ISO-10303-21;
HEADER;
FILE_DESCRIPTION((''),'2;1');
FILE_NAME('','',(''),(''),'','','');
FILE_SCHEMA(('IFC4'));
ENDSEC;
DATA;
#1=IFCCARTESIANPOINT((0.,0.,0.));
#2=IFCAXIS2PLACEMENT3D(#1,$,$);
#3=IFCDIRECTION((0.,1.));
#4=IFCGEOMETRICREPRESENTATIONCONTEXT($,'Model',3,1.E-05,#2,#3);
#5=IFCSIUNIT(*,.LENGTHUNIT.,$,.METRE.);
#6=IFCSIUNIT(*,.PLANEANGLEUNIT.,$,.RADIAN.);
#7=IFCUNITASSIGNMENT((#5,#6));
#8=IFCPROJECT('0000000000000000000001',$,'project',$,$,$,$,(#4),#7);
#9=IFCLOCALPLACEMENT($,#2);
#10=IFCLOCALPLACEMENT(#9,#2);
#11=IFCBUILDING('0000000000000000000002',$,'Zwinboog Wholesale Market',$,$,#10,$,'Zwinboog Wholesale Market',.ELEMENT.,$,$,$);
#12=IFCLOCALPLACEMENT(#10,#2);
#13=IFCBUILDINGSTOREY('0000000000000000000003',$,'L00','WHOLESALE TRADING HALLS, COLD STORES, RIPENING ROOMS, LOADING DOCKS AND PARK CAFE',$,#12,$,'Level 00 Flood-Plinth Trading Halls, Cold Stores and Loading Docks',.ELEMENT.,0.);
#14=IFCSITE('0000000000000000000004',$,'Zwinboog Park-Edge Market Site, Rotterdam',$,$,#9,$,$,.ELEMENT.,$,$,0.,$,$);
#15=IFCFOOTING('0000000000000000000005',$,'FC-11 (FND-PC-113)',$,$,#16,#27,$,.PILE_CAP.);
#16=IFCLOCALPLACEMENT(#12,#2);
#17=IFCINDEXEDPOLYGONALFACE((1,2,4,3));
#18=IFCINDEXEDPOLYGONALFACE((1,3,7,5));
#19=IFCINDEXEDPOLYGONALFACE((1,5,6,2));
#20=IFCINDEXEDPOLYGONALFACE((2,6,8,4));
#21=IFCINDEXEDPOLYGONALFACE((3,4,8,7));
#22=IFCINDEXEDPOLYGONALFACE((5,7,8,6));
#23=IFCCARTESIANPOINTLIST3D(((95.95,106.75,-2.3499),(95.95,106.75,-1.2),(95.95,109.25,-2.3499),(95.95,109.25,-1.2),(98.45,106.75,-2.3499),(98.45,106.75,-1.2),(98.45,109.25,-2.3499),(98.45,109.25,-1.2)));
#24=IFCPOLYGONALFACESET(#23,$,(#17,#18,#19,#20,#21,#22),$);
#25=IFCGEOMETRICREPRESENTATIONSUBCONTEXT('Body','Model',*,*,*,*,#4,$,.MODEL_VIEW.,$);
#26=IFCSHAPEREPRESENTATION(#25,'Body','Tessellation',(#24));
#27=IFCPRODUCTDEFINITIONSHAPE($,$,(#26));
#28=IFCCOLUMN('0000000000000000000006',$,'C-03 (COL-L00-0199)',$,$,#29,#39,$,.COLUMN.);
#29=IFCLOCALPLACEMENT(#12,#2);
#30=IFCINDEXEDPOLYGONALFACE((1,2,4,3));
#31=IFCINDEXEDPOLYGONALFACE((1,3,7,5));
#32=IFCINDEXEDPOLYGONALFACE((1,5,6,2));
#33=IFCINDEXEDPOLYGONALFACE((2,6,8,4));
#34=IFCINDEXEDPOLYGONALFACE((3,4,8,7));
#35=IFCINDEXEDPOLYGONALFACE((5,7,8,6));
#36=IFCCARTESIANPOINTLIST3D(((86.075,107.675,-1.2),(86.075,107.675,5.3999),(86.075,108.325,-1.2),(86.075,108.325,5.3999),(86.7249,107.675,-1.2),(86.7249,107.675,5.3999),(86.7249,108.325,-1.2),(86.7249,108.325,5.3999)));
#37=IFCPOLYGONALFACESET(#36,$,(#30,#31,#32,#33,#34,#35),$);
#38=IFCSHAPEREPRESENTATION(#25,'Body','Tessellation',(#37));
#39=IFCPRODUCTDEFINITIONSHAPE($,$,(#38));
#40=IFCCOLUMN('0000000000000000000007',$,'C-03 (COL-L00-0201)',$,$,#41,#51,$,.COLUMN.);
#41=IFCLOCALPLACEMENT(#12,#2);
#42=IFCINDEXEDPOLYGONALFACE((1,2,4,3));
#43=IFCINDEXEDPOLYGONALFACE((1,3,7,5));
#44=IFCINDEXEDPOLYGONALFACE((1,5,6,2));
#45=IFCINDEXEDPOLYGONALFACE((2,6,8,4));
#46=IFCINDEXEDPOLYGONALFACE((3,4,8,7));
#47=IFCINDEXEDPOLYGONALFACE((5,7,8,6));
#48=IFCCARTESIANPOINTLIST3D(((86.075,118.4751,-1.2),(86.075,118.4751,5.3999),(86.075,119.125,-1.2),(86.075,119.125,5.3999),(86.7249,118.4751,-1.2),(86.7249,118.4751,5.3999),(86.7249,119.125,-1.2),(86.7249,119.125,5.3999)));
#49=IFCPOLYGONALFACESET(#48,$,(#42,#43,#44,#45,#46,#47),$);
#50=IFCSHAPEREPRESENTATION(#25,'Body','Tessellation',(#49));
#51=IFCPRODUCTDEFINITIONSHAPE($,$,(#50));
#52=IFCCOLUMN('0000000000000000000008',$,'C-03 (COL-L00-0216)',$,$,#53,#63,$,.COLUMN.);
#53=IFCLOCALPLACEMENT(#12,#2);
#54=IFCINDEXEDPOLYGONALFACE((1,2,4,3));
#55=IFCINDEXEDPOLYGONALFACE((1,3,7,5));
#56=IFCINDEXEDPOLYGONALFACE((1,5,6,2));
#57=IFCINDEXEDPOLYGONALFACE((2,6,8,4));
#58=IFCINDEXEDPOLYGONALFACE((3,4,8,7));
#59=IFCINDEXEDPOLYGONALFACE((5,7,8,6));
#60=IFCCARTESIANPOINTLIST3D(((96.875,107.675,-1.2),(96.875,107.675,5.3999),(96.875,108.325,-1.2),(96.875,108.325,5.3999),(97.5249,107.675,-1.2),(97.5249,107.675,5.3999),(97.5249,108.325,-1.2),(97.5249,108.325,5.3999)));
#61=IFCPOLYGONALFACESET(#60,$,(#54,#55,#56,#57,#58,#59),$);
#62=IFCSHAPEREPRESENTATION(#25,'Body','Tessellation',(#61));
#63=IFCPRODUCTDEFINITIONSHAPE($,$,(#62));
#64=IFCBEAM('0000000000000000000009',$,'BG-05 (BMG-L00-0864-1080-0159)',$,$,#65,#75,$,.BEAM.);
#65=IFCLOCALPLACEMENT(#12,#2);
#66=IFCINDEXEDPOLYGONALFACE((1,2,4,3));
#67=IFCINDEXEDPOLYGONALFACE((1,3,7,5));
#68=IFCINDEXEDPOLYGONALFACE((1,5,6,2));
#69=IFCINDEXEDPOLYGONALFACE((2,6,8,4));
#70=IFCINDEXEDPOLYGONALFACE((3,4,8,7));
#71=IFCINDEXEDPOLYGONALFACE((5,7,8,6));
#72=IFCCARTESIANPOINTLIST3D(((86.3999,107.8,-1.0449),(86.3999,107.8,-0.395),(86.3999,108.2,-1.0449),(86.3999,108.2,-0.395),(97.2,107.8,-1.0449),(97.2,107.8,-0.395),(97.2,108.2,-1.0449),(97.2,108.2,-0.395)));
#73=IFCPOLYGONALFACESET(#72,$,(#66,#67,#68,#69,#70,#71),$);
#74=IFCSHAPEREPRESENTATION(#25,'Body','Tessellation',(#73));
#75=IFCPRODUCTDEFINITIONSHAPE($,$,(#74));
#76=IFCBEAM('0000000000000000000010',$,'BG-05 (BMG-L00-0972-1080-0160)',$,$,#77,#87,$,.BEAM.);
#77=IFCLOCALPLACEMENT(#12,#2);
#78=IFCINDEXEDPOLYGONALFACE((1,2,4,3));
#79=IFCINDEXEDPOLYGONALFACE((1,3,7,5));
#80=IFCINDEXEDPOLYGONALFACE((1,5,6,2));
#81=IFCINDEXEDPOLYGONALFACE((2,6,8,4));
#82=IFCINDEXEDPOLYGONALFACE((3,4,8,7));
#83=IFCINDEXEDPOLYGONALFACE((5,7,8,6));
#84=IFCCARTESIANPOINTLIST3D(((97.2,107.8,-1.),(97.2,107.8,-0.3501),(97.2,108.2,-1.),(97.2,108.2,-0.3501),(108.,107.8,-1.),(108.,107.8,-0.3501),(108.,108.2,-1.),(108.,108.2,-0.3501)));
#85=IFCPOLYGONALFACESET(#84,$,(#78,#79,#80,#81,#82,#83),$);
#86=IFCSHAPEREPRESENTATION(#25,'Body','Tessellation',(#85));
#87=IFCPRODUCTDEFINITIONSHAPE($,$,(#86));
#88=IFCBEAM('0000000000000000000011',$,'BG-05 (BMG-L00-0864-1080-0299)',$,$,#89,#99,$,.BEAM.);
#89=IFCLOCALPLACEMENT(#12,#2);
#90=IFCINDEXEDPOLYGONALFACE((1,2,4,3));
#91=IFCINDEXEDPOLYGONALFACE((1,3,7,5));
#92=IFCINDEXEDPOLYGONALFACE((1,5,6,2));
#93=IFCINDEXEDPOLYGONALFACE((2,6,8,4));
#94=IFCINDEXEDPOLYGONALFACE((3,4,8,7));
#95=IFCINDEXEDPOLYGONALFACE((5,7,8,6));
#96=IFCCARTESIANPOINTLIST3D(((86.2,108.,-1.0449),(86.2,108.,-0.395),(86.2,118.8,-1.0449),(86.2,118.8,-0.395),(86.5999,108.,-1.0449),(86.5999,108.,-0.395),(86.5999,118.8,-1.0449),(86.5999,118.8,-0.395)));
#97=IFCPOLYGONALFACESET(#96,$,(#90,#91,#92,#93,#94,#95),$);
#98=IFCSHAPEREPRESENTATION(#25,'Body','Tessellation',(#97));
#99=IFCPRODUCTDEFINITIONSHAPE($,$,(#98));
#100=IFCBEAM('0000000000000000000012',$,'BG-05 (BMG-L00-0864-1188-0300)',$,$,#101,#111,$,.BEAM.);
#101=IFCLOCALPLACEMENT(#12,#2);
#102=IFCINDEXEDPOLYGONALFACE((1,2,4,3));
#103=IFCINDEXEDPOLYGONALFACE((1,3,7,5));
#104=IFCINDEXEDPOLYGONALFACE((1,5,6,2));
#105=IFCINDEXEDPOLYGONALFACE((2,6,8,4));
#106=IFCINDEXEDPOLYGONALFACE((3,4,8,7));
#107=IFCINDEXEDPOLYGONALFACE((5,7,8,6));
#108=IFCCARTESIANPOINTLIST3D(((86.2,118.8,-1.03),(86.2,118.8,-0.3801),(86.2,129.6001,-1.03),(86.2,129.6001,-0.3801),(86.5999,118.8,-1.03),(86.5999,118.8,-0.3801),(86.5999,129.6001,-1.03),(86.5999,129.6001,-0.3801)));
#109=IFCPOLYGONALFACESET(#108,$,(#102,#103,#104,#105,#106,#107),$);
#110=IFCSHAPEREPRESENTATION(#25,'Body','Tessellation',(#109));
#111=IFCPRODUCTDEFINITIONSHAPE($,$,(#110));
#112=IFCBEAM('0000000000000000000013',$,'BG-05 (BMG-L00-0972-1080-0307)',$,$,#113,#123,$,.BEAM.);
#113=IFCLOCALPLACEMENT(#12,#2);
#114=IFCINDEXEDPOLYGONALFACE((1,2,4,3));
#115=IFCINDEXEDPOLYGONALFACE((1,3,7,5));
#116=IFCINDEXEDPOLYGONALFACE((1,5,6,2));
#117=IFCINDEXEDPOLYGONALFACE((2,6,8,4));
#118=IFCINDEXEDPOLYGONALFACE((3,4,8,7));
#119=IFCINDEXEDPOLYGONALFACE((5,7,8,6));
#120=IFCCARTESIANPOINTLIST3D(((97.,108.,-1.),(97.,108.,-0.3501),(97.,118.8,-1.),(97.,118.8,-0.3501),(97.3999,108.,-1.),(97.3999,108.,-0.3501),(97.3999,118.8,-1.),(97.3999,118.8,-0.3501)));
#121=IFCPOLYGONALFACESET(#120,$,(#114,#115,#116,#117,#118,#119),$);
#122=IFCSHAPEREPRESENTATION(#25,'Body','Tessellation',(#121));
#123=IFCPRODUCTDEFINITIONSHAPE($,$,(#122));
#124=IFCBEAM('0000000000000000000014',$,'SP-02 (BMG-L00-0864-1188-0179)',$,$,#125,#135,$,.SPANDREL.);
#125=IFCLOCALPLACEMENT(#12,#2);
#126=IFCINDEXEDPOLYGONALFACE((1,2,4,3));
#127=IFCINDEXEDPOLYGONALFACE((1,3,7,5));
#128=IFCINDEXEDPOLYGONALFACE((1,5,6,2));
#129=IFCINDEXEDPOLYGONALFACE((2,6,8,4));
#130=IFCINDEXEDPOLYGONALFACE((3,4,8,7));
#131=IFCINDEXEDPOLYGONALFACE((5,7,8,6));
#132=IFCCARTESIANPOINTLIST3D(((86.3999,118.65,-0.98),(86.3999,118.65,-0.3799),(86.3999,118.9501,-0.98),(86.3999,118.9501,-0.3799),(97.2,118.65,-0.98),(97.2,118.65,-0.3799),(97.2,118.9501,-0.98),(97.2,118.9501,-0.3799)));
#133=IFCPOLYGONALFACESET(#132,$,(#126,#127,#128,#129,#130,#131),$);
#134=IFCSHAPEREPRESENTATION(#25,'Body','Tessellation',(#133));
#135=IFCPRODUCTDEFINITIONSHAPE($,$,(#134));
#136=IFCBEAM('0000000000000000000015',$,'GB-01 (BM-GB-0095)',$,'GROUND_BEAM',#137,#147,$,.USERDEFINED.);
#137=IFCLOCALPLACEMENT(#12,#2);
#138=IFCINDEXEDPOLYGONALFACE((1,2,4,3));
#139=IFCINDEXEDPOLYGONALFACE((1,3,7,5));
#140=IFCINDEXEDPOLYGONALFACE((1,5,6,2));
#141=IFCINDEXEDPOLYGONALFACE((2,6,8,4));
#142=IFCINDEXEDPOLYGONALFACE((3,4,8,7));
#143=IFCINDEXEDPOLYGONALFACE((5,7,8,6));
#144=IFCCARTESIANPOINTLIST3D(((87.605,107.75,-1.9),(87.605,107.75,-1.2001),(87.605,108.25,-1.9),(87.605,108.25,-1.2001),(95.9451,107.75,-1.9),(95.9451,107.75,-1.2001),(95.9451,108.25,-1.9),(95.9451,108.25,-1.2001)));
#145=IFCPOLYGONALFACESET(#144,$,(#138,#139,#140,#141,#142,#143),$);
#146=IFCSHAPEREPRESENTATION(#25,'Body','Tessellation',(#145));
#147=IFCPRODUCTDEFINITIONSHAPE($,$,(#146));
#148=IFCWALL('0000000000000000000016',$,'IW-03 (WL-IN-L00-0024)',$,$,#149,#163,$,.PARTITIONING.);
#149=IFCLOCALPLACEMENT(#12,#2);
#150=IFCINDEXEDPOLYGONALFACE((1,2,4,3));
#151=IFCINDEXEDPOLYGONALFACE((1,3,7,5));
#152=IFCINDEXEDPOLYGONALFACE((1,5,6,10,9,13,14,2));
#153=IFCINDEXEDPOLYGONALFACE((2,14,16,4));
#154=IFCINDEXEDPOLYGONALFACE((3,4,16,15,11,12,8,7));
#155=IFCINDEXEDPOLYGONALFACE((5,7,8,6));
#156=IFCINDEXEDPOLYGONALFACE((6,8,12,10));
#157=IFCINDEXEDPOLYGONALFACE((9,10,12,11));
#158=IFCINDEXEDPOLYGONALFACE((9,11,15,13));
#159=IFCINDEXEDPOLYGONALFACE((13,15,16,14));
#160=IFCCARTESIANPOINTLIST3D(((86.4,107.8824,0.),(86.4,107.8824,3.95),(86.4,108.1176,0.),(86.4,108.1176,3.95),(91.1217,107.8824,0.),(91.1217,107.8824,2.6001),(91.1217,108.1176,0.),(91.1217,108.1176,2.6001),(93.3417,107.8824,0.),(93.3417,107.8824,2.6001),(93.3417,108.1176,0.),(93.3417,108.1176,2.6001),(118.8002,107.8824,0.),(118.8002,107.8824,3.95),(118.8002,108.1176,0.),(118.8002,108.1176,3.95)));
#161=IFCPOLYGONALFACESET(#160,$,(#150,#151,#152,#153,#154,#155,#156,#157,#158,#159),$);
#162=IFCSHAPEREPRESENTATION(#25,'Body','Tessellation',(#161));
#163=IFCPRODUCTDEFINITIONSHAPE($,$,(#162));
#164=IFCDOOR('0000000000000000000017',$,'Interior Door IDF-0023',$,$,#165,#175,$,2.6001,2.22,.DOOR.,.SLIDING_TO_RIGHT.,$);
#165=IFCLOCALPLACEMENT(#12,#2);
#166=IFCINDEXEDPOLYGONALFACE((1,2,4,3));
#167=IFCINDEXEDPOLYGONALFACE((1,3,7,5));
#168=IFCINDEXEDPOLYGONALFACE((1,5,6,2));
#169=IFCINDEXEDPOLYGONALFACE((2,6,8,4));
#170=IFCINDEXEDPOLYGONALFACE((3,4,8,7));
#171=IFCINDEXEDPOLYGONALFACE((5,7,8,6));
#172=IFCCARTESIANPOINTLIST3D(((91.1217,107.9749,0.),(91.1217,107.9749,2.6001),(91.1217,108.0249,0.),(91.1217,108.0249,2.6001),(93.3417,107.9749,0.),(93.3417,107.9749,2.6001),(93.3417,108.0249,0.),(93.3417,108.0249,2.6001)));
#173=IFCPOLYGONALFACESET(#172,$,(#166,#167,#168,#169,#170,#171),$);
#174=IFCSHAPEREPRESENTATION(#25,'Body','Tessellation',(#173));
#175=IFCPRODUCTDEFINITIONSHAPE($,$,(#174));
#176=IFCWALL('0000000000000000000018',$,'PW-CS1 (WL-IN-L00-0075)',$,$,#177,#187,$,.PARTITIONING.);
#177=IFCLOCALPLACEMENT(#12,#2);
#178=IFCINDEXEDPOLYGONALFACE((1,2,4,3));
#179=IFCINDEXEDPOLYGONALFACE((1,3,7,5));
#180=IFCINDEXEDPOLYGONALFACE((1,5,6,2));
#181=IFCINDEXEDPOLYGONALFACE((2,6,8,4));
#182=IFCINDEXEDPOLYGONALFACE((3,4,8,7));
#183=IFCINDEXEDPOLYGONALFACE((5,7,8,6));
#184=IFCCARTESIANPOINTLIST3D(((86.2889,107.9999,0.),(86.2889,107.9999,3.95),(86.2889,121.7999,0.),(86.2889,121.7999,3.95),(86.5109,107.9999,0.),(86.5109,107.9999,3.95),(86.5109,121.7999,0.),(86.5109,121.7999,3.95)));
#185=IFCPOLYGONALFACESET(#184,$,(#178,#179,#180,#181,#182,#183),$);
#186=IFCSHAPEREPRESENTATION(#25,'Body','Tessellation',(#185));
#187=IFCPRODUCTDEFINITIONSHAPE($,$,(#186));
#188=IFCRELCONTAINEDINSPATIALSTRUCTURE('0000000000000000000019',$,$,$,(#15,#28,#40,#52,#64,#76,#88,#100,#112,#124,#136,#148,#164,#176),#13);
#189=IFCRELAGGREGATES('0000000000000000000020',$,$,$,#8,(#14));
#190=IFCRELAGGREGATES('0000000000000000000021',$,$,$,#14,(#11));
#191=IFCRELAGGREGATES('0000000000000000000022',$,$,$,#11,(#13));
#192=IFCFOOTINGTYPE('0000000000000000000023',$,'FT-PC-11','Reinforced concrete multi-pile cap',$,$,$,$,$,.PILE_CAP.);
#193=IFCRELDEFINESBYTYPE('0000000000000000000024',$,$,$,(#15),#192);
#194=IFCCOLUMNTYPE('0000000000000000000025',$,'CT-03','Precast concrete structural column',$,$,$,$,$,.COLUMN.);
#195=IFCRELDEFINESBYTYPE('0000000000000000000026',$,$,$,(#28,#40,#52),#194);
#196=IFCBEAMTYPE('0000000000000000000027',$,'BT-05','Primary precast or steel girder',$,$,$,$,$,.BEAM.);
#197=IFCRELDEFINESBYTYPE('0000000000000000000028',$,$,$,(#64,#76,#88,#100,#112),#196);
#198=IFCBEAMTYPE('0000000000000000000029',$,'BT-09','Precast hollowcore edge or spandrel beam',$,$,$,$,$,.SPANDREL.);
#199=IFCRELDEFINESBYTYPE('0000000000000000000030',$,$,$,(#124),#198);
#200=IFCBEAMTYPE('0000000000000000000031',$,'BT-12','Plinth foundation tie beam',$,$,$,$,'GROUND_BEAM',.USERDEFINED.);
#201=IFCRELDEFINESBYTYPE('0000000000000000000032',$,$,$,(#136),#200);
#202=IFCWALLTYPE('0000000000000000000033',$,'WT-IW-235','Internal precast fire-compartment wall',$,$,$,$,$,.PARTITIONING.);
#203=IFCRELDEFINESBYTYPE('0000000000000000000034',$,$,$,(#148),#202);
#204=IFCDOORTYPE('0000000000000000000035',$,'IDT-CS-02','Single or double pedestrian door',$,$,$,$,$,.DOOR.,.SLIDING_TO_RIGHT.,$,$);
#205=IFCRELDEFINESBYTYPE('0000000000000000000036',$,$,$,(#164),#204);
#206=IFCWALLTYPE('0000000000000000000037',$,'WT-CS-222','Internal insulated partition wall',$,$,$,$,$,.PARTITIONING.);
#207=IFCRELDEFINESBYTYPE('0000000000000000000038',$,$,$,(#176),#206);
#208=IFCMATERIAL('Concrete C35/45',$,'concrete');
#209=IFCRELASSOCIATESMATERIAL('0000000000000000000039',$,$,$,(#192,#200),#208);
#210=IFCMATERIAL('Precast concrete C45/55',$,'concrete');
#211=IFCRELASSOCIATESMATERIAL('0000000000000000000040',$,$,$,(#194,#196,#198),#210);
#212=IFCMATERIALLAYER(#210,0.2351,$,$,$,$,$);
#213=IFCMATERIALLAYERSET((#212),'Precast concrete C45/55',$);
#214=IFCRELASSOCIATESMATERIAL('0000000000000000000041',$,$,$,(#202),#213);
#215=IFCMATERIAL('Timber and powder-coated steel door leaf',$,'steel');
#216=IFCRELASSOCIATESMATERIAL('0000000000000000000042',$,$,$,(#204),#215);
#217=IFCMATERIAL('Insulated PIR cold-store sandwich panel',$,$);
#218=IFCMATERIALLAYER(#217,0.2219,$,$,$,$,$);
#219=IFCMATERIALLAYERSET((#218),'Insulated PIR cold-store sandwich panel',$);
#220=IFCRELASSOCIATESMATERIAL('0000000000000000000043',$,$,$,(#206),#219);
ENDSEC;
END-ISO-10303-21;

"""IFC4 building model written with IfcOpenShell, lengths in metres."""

from ifc_helpers import new_model, si_unit, direction, frame, frame_2d, origin, origin_2d, place, context, subcontext, project, spatial, rectangle, extrude, material, layer, layer_set, material_profile, profile_set, type_object, element, fill, save


model = new_model("IFC4")

# Units and contexts
model_context = context("Model", 3, precision=1e-05, world=origin(), true_north=direction((0.0, 1.0)))
body_context = subcontext(model_context, "Body", "Model", "MODEL_VIEW")
ifc_project = project(units=[si_unit("LENGTHUNIT", "METRE"), si_unit("PLANEANGLEUNIT", "RADIAN")], contexts=[model_context])

# Site, building, storey
site_placement = place(None, origin())
site = spatial("IfcSite", under=ifc_project, at=site_placement, Name="Zwinboog Park-Edge Market Site, Rotterdam", CompositionType="ELEMENT", RefElevation=0.0)
building_placement = place(site_placement, origin())
building = spatial("IfcBuilding", under=site, at=building_placement, Name="Zwinboog Wholesale Market", LongName="Zwinboog Wholesale Market", CompositionType="ELEMENT")
storey_placement = place(building_placement, origin())
storey = spatial("IfcBuildingStorey", under=building, at=storey_placement, Name="L00", Description="WHOLESALE TRADING HALLS, COLD STORES, RIPENING ROOMS, LOADING DOCKS AND PARK CAFE", LongName="Level 00 Flood-Plinth Trading Halls, Cold Stores and Loading Docks", CompositionType="ELEMENT", Elevation=0.0)

# Footing
ifc_material_1 = material(Name="Concrete C35/45", Category="concrete")
footing_type_1 = type_object("IfcFootingType", Name="FT-PC-11", Description="Reinforced concrete multi-pile cap", PredefinedType="PILE_CAP", material=ifc_material_1)
footing_1_placement = place(storey_placement, frame((97.2, 108.0, -2.3499), z_axis=(0.0, 0.0, 1.0), x_axis=(1.0, 0.0, 0.0)))
element("IfcFooting", 1, at=footing_1_placement, inside=storey, type_object=footing_type_1, Name="FC-11 (FND-PC-113)", PredefinedType="PILE_CAP", context=body_context, shape_type="SweptSolid", body=[
    extrude(rectangle(XDim=2.5, YDim=2.5, at=origin_2d()), origin(), (0.0, 0.0, 1.0), 1.1499),
])

# Columns
ifc_material_2 = material(Name="Precast concrete C45/55", Category="concrete")
ifc_material_profile_1 = material_profile(ifc_material_2, rectangle(XDim=0.6499, YDim=0.6499, at=origin_2d()), Name="PC 650x650")
ifc_profile_set_1 = profile_set([ifc_material_profile_1], Name="Precast concrete C45/55")
column_type = type_object("IfcColumnType", Name="CT-03", Description="Precast concrete structural column", PredefinedType="COLUMN", material=ifc_profile_set_1)
for number, where, z_axis, x_axis, name in (
    (2, (86.3999, 108.0, -1.2), (0.0, 0.0, 1.0), (1.0, 0.0, 0.0), "C-03 (COL-L00-0199)"),
    (3, (86.3999, 118.8, -1.2), (0.0, 0.0, 1.0), (1.0, 0.0, 0.0), "C-03 (COL-L00-0201)"),
    (4, (97.2, 108.0, -1.2), (0.0, 0.0, 1.0), (1.0, 0.0, 0.0), "C-03 (COL-L00-0216)"),
):
    element("IfcColumn", number, at=place(storey_placement, frame(where, z_axis=z_axis, x_axis=x_axis)), inside=storey, type_object=column_type, Name=name, PredefinedType="COLUMN", context=body_context, shape_type="SweptSolid", body=[
        extrude(rectangle(XDim=0.6499, YDim=0.6499, at=origin_2d()), origin(), (0.0, 0.0, 1.0), 6.5999),
    ])

# Beams
ifc_material_profile_2 = material_profile(ifc_material_2, rectangle(XDim=0.3999, YDim=0.6499, at=origin_2d()), Name="PC 400x650")
ifc_profile_set_2 = profile_set([ifc_material_profile_2], Name="Precast concrete C45/55")
beam_type_1 = type_object("IfcBeamType", Name="BT-05", Description="Primary precast or steel girder", PredefinedType="BEAM", material=ifc_profile_set_2)
for number, where, z_axis, x_axis, name in (
    (5, (86.3999, 108.0, -0.72), (1.0, 0.0, 0.0), (0.0, 1.0, 0.0), "BG-05 (BMG-L00-0864-1080-0159)"),
    (6, (97.2, 108.0, -0.675), (1.0, 0.0, 0.0), (0.0, 1.0, 0.0), "BG-05 (BMG-L00-0972-1080-0160)"),
    (7, (86.3999, 108.0, -0.72), (0.0, 1.0, 0.0), (-1.0, 0.0, 0.0), "BG-05 (BMG-L00-0864-1080-0299)"),
    (8, (86.3999, 118.8, -0.7051), (0.0, 1.0, 0.0), (-1.0, 0.0, 0.0), "BG-05 (BMG-L00-0864-1188-0300)"),
    (9, (97.2, 108.0, -0.675), (0.0, 1.0, 0.0), (-1.0, 0.0, 0.0), "BG-05 (BMG-L00-0972-1080-0307)"),
):
    element("IfcBeam", number, at=place(storey_placement, frame(where, z_axis=z_axis, x_axis=x_axis)), inside=storey, type_object=beam_type_1, Name=name, PredefinedType="BEAM", context=body_context, shape_type="SweptSolid", body=[
        extrude(rectangle(XDim=0.3999, YDim=0.6499, at=origin_2d()), origin(), (0.0, 0.0, 1.0), 10.8),
    ])
ifc_material_profile_3 = material_profile(ifc_material_2, rectangle(XDim=0.3, YDim=0.6001, at=origin_2d()), Name="PC 300x600")
ifc_profile_set_3 = profile_set([ifc_material_profile_3], Name="Precast concrete C45/55")
beam_type_2 = type_object("IfcBeamType", Name="BT-09", Description="Precast hollowcore edge or spandrel beam", PredefinedType="SPANDREL", material=ifc_profile_set_3)
beam_1_placement = place(storey_placement, frame((86.3999, 118.8, -0.6799), z_axis=(1.0, 0.0, 0.0), x_axis=(0.0, 1.0, 0.0)))
element("IfcBeam", 10, at=beam_1_placement, inside=storey, type_object=beam_type_2, Name="SP-02 (BMG-L00-0864-1188-0179)", PredefinedType="SPANDREL", context=body_context, shape_type="SweptSolid", body=[
    extrude(rectangle(XDim=0.3, YDim=0.6001, at=origin_2d()), origin(), (0.0, 0.0, 1.0), 10.8),
])
ifc_material_profile_4 = material_profile(ifc_material_1, rectangle(XDim=0.5, YDim=0.7, at=origin_2d()), Name="RC 500x700")
ifc_profile_set_4 = profile_set([ifc_material_profile_4], Name="Concrete C35/45")
beam_type_3 = type_object("IfcBeamType", Name="BT-12", Description="Plinth foundation tie beam", ElementType="GROUND_BEAM", PredefinedType="USERDEFINED", material=ifc_profile_set_4)
beam_2_placement = place(storey_placement, frame((87.605, 108.0, -1.55), z_axis=(1.0, 0.0, 0.0), x_axis=(0.0, 1.0, 0.0)))
element("IfcBeam", 11, at=beam_2_placement, inside=storey, type_object=beam_type_3, Name="GB-01 (BM-GB-0095)", ObjectType="GROUND_BEAM", PredefinedType="USERDEFINED", context=body_context, shape_type="SweptSolid", body=[
    extrude(rectangle(XDim=0.5, YDim=0.7, at=origin_2d()), origin(), (0.0, 0.0, 1.0), 8.3401),
])

# Wall, opening, door
ifc_layer_1 = layer(ifc_material_2, 0.2351)
ifc_layer_set_1 = layer_set([ifc_layer_1], Name="Precast concrete C45/55")
wall_type_1 = type_object("IfcWallType", Name="WT-IW-235", Description="Internal precast fire-compartment wall", PredefinedType="PARTITIONING", material=ifc_layer_set_1)
wall_1_placement = place(storey_placement, frame((86.3999, 108.0, 0.0), z_axis=(0.0, 0.0, 1.0), x_axis=(1.0, 0.0, 0.0)))
wall_1 = element("IfcWall", 12, at=wall_1_placement, inside=storey, type_object=wall_type_1, Name="IW-03 (WL-IN-L00-0024)", PredefinedType="PARTITIONING", context=body_context, shape_type="SweptSolid", body=[
    extrude(rectangle(XDim=32.4001, YDim=0.2351, at=frame_2d((16.2002, 0.0))), origin(), (0.0, 0.0, 1.0), 3.95),
])
opening_placement = place(wall_1_placement, frame((4.7219, 0.0, 0.0)))
opening = element("IfcOpeningElement", 13, at=opening_placement, cuts=wall_1, PredefinedType="OPENING", context=body_context, shape_type="SweptSolid", body=[
    extrude(rectangle(XDim=2.22, YDim=2.6001, at=frame_2d((1.1099, 1.3))), frame((0.0, 0.1274, 0.0), z_axis=(0.0, -1.0, 0.0), x_axis=(1.0, 0.0, 0.0)), (0.0, 0.0, 1.0), 0.2551),
])
ifc_material_3 = material(Name="Timber and powder-coated steel door leaf", Category="steel")
door_type = type_object("IfcDoorType", Name="IDT-CS-02", Description="Single or double pedestrian door", OperationType="SLIDING_TO_RIGHT", PredefinedType="DOOR", material=ifc_material_3)
door_placement = place(opening_placement, origin())
door = element("IfcDoor", 14, at=door_placement, inside=storey, type_object=door_type, Name="Interior Door IDF-0023", OperationType="SLIDING_TO_RIGHT", OverallHeight=2.6001, OverallWidth=2.22, PredefinedType="DOOR", context=body_context, shape_type="SweptSolid", body=[
    extrude(rectangle(XDim=2.22, YDim=2.6001, at=frame_2d((1.1099, 1.3))), frame((0.0, 0.0249, 0.0), z_axis=(0.0, -1.0, 0.0), x_axis=(1.0, 0.0, 0.0)), (0.0, 0.0, 1.0), 0.05),
])
fill(opening, door)

# Wall
ifc_material_4 = material(Name="Insulated PIR cold-store sandwich panel")
ifc_layer_2 = layer(ifc_material_4, 0.2219)
ifc_layer_set_2 = layer_set([ifc_layer_2], Name="Insulated PIR cold-store sandwich panel")
wall_type_2 = type_object("IfcWallType", Name="WT-CS-222", Description="Internal insulated partition wall", PredefinedType="PARTITIONING", material=ifc_layer_set_2)
wall_2_placement = place(storey_placement, frame((86.3999, 108.0, 0.0), z_axis=(0.0, 0.0, 1.0), x_axis=(0.0, 1.0, 0.0)))
element("IfcWall", 15, at=wall_2_placement, inside=storey, type_object=wall_type_2, Name="PW-CS1 (WL-IN-L00-0075)", PredefinedType="PARTITIONING", context=body_context, shape_type="SweptSolid", body=[
    extrude(rectangle(XDim=13.8, YDim=0.2219, at=frame_2d((6.8999, 0.0))), origin(), (0.0, 0.0, 1.0), 3.95),
])

save(model, "model.ifc")
